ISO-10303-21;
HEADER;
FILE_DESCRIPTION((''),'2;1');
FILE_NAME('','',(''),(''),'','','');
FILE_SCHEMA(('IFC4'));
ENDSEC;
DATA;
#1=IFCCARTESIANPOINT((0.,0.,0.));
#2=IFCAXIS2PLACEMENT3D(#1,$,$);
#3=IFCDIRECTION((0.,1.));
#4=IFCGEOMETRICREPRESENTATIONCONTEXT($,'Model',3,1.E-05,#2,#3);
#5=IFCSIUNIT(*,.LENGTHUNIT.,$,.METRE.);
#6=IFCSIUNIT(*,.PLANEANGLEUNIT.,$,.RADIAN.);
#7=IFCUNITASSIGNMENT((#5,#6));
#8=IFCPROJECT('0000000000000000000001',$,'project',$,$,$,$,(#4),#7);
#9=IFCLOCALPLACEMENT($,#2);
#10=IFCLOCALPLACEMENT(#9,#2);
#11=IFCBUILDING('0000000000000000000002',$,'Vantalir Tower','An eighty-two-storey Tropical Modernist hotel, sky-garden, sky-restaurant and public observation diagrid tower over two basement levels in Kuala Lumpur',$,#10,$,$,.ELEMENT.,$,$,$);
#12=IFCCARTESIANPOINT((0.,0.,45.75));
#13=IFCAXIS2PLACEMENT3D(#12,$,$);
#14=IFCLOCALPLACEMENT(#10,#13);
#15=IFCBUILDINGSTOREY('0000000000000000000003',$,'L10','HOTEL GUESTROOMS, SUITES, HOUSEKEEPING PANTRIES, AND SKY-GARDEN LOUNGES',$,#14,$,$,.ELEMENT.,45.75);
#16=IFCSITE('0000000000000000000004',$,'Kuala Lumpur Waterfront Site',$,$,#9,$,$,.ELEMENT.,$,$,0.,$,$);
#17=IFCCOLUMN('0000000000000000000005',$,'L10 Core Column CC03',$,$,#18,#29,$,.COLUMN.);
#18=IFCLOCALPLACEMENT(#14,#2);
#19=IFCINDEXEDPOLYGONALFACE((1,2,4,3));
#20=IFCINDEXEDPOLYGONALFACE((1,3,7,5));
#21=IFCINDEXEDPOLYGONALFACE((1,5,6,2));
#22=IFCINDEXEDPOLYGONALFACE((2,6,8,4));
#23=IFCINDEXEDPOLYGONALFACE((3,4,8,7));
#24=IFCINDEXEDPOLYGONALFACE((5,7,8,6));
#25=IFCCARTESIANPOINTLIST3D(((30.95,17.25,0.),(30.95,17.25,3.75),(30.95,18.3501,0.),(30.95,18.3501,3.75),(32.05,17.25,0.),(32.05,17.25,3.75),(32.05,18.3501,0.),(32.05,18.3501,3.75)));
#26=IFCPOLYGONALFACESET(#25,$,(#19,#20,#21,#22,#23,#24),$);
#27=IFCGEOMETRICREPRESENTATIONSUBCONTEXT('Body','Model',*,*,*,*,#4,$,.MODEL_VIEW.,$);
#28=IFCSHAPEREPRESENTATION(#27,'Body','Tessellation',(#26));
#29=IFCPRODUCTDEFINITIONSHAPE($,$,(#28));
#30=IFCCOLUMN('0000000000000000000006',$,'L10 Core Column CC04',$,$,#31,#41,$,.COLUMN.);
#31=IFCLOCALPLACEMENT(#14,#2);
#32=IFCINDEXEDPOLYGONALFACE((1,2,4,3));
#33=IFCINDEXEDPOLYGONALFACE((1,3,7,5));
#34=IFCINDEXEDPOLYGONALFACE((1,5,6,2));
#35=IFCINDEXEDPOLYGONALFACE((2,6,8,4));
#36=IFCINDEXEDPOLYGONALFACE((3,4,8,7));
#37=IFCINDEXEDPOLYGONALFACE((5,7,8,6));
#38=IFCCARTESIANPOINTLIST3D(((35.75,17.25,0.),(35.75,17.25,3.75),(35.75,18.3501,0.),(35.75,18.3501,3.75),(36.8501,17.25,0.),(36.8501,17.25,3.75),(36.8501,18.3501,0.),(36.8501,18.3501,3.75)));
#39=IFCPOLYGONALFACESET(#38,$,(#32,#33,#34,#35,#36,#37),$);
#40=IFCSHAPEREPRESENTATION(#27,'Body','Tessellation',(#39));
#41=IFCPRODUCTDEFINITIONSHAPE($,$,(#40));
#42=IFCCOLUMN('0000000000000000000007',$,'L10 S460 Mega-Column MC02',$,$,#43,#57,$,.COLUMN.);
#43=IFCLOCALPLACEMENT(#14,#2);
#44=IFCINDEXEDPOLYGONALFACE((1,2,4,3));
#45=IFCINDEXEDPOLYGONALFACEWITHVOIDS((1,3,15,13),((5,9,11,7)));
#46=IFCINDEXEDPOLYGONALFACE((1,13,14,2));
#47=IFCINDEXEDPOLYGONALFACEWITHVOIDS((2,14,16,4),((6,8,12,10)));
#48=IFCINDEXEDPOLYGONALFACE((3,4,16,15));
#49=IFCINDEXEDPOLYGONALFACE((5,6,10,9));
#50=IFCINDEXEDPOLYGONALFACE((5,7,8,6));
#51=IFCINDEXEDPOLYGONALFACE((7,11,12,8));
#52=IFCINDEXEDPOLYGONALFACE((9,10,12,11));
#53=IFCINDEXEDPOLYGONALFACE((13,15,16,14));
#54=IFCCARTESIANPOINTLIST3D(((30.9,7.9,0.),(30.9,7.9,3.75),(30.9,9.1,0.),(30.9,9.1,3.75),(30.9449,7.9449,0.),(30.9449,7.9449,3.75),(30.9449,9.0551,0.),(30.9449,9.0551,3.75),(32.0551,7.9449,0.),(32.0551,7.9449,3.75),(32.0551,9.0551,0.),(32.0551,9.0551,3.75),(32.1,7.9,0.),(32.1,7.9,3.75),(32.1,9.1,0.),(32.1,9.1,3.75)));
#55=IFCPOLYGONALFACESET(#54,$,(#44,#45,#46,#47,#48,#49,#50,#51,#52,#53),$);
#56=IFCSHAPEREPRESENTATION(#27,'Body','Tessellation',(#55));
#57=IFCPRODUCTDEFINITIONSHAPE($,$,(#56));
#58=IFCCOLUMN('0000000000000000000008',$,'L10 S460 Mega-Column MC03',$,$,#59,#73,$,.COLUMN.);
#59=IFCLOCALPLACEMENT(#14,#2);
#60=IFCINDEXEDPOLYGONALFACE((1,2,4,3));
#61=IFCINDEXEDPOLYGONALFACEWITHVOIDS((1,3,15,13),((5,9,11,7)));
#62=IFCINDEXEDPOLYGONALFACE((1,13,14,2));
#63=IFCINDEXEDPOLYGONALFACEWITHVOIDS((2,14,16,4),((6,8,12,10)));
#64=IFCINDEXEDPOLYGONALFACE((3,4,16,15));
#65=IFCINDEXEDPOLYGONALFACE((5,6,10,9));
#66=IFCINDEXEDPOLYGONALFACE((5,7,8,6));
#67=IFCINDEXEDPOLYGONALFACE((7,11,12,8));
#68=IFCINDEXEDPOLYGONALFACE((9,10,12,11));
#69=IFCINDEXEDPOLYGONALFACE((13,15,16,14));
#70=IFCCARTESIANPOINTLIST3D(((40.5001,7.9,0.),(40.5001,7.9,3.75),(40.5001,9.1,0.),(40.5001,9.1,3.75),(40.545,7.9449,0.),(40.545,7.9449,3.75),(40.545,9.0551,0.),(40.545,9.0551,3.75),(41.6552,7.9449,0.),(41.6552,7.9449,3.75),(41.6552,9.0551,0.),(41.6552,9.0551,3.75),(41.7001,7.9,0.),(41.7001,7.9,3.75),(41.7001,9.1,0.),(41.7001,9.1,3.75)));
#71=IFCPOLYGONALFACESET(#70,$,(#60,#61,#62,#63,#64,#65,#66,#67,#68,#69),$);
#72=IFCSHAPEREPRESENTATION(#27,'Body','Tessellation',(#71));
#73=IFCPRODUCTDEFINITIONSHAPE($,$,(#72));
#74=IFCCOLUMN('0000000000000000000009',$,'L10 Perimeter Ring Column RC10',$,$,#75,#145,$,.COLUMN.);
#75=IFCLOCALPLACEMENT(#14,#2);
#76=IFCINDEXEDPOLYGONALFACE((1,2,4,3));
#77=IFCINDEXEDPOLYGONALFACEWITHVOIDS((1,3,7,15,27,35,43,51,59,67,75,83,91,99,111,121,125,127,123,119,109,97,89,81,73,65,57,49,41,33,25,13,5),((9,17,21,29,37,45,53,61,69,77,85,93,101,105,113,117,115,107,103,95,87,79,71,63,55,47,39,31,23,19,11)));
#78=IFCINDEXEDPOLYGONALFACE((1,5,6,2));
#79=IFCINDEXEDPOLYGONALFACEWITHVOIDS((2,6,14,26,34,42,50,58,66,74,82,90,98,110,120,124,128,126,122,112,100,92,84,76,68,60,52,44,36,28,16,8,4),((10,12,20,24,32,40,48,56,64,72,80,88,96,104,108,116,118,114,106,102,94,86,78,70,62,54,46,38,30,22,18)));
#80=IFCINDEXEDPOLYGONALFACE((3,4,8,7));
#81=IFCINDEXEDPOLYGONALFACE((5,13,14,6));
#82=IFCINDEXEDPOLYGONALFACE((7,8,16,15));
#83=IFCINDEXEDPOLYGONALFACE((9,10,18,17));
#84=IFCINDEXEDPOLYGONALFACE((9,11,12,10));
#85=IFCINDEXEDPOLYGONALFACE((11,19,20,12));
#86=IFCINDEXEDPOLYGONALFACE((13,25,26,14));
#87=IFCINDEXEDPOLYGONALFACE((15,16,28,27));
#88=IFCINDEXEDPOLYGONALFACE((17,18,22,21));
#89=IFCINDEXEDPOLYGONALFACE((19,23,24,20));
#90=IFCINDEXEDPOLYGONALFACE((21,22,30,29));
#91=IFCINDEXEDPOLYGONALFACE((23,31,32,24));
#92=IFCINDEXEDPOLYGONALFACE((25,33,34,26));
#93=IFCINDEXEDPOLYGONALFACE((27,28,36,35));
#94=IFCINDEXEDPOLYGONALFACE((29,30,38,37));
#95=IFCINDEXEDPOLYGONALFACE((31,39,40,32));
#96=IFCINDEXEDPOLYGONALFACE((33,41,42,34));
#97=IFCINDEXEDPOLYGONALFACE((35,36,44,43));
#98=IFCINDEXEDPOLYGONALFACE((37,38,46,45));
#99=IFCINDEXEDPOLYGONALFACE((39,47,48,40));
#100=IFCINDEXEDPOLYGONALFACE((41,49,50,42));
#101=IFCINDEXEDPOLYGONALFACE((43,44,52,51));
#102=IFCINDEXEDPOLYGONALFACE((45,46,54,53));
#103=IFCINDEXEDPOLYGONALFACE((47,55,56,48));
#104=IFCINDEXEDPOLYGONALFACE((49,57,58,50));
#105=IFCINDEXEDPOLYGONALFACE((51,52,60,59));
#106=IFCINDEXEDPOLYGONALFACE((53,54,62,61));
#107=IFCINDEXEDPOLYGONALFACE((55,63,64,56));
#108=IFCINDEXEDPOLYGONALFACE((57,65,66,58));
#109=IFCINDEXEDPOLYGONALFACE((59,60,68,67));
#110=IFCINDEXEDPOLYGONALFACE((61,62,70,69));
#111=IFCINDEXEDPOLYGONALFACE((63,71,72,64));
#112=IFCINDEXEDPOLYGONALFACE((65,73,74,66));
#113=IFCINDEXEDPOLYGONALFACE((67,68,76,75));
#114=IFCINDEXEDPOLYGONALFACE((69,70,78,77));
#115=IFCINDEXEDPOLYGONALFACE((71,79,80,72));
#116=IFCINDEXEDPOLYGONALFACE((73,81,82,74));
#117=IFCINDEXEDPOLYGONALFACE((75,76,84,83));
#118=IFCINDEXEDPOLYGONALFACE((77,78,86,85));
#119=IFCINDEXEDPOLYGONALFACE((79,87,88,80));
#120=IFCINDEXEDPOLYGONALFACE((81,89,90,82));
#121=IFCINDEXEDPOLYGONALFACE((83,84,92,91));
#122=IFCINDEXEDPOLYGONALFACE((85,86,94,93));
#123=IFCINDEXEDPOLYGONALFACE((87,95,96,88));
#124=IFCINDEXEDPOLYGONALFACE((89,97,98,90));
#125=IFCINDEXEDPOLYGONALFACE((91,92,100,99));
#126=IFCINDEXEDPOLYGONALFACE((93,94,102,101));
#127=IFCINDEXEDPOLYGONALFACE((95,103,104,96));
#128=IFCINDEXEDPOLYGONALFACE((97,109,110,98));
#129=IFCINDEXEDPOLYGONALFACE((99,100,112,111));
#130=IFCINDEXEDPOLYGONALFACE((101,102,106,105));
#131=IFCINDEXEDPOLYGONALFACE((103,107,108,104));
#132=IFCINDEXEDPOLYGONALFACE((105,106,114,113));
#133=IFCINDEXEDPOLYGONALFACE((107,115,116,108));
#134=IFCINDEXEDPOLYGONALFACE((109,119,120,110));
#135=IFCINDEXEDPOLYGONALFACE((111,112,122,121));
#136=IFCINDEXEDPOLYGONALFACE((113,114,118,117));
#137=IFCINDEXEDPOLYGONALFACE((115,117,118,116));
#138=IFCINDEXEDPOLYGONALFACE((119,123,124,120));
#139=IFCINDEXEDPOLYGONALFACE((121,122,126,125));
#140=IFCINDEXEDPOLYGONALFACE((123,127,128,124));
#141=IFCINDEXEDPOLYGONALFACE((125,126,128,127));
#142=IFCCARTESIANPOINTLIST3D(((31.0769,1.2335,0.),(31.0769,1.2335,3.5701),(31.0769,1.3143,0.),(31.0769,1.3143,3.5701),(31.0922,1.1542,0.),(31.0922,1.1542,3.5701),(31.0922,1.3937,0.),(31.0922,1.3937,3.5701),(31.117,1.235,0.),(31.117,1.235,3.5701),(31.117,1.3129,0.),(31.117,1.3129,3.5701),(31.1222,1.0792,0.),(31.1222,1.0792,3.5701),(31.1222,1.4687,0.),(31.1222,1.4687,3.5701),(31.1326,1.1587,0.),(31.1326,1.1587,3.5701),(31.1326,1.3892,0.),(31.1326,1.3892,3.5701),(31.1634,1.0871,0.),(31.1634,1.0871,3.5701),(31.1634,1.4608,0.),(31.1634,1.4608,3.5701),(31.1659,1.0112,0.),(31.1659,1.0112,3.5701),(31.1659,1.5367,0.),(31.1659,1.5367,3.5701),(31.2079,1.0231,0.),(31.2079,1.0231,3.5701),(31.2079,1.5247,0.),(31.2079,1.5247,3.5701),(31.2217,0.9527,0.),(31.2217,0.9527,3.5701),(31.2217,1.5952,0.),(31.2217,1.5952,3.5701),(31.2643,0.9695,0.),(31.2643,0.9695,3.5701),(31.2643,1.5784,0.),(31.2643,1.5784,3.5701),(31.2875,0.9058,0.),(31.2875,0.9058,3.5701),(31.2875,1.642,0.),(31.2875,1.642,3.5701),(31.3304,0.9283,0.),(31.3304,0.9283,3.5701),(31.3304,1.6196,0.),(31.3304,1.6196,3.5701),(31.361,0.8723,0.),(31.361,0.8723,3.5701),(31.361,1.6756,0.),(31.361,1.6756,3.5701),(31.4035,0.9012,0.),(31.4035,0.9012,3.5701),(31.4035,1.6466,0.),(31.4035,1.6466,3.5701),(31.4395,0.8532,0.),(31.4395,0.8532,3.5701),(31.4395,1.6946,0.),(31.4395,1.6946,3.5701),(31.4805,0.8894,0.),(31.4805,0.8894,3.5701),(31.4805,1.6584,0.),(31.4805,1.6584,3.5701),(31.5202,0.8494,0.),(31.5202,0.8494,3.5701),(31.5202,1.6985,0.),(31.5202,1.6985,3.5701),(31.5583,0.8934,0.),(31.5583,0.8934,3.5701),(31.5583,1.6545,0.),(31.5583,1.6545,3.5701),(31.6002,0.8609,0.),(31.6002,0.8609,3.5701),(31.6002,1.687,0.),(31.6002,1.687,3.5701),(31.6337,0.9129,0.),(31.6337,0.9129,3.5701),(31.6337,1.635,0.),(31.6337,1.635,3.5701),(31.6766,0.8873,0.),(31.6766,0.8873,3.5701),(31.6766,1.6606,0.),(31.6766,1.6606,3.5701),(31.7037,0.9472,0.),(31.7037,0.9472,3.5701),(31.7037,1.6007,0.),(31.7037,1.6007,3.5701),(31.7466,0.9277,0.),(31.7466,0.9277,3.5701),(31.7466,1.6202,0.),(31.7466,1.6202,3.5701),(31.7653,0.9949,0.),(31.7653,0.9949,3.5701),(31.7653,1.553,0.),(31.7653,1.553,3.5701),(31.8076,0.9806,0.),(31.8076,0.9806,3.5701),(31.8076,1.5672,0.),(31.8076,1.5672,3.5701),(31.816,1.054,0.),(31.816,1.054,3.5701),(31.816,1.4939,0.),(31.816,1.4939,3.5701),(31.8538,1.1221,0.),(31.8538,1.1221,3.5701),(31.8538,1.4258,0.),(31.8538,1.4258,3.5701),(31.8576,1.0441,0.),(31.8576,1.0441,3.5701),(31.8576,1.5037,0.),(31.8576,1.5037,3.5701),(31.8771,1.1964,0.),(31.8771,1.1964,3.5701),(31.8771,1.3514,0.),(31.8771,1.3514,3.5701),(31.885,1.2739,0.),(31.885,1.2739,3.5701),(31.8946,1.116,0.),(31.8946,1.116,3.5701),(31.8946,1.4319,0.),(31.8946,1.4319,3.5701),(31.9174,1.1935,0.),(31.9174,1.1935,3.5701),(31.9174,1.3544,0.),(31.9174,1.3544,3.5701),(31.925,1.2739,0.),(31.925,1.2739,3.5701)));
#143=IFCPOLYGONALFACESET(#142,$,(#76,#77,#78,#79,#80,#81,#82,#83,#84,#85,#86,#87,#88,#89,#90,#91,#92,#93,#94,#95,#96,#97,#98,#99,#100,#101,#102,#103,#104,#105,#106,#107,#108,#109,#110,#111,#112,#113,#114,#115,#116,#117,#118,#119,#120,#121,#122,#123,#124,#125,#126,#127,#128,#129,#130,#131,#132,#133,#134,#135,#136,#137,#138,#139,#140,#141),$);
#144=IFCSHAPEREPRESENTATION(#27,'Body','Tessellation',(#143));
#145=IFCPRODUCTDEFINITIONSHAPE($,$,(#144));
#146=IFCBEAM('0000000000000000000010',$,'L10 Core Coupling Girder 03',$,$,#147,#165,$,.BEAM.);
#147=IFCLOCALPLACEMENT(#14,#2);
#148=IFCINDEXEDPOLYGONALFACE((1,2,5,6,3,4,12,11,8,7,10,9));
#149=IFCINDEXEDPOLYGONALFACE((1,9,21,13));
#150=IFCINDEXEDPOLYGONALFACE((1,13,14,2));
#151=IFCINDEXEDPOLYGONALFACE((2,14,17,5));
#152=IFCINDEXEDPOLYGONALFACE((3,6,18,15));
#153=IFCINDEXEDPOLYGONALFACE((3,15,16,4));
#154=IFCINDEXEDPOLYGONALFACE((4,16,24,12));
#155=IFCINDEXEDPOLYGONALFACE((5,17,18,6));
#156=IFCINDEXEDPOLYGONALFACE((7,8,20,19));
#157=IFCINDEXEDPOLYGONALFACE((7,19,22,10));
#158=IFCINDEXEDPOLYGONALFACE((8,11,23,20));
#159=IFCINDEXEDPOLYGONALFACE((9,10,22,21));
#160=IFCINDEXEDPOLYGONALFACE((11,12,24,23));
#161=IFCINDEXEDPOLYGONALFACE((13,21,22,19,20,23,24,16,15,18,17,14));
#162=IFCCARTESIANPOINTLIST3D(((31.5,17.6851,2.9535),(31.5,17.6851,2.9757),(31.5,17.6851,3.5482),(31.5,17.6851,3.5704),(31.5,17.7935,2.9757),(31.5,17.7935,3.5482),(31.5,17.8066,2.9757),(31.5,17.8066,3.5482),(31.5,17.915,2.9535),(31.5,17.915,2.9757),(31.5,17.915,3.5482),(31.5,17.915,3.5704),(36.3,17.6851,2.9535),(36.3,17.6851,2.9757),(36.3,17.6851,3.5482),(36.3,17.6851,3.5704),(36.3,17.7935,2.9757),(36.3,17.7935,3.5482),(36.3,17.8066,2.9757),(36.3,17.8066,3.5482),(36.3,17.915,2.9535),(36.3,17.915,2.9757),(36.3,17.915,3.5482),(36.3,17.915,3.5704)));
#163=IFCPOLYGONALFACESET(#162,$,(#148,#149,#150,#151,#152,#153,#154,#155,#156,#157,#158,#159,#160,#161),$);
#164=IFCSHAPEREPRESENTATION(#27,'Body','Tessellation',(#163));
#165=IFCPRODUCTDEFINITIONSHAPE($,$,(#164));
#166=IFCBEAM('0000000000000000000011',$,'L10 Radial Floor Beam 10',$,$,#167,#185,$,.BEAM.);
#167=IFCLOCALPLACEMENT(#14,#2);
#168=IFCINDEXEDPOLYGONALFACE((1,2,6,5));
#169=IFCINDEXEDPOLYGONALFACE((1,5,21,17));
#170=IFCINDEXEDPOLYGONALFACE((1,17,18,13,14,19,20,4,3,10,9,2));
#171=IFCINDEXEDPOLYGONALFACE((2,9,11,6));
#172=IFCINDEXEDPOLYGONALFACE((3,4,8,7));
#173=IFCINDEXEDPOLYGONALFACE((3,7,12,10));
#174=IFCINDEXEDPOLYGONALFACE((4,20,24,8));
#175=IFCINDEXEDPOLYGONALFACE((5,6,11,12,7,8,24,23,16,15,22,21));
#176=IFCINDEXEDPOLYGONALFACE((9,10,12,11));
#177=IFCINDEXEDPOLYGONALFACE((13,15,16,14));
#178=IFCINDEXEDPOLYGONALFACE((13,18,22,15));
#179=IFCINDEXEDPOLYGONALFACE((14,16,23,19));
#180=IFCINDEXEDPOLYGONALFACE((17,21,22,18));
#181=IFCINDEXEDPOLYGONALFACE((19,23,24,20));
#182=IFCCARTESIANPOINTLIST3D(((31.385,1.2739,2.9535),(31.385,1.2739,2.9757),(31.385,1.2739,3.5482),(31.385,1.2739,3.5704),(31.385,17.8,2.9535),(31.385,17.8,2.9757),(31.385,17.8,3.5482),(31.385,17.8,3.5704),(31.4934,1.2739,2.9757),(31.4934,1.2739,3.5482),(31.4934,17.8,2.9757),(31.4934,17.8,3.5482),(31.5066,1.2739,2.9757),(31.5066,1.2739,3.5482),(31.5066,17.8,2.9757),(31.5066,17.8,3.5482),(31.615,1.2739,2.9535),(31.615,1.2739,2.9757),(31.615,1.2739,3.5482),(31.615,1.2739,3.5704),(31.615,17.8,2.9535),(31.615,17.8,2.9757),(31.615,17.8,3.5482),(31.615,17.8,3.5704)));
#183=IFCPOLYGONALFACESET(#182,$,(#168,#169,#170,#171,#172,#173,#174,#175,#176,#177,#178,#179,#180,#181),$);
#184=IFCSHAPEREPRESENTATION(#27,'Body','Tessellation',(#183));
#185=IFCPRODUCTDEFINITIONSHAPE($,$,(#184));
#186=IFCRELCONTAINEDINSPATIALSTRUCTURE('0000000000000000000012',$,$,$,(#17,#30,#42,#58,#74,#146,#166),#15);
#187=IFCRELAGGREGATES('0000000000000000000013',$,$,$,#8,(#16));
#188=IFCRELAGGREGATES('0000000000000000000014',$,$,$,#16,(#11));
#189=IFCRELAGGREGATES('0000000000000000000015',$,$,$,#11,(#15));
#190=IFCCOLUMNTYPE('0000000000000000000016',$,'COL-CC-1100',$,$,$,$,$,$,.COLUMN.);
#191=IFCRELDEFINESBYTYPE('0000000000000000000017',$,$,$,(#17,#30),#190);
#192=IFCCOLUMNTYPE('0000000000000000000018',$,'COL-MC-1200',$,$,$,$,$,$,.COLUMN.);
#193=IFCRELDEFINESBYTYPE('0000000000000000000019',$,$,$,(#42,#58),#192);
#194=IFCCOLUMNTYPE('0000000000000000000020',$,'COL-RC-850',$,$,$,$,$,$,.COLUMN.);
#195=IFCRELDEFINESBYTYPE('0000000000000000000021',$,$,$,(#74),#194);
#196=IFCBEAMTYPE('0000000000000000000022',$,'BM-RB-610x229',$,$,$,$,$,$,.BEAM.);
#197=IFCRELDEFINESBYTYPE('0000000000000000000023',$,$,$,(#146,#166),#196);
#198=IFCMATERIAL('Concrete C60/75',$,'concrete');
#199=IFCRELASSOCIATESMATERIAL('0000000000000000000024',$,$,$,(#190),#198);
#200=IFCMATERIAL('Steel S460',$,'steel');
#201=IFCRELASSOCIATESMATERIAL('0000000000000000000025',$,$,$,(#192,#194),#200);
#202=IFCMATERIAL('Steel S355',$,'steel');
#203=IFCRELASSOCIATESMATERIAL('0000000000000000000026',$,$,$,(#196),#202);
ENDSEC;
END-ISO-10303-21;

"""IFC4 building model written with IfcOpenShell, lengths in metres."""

from ifc_helpers import new_model, si_unit, direction, frame, origin, origin_2d, place, context, subcontext, project, spatial, rectangle, hollow_rectangle, hollow_circle, i_section, extrude, material, material_profile, profile_set, type_object, element, save


model = new_model("IFC4")

# Units and contexts
model_context = context("Model", 3, precision=1e-05, world=origin(), true_north=direction((0.0, 1.0)))
body_context = subcontext(model_context, "Body", "Model", "MODEL_VIEW")
ifc_project = project(units=[si_unit("LENGTHUNIT", "METRE"), si_unit("PLANEANGLEUNIT", "RADIAN")], contexts=[model_context])

# Site, building, storey
site_placement = place(None, origin())
site = spatial("IfcSite", under=ifc_project, at=site_placement, Name="Kuala Lumpur Waterfront Site", CompositionType="ELEMENT", RefElevation=0.0)
building_placement = place(site_placement, origin())
building = spatial("IfcBuilding", under=site, at=building_placement, Name="Vantalir Tower", Description="An eighty-two-storey Tropical Modernist hotel, sky-garden, sky-restaurant and public observation diagrid tower over two basement levels in Kuala Lumpur", CompositionType="ELEMENT")
storey_placement = place(building_placement, frame((0.0, 0.0, 45.75)))
storey = spatial("IfcBuildingStorey", under=building, at=storey_placement, Name="L10", Description="HOTEL GUESTROOMS, SUITES, HOUSEKEEPING PANTRIES, AND SKY-GARDEN LOUNGES", CompositionType="ELEMENT", Elevation=45.75)

# Columns
ifc_material_1 = material(Name="Concrete C60/75", Category="concrete")
ifc_material_profile_1 = material_profile(ifc_material_1, rectangle(XDim=1.1001, YDim=1.1001, at=origin_2d()), Name="Concrete C60/75")
ifc_profile_set_1 = profile_set([ifc_material_profile_1], Name="Concrete C60/75")
column_type_1 = type_object("IfcColumnType", Name="COL-CC-1100", PredefinedType="COLUMN", material=ifc_profile_set_1)
for number, where, z_axis, x_axis, name in (
    (1, (31.5, 17.8, 0.0), (0.0, 0.0, 1.0), (1.0, 0.0, 0.0), "L10 Core Column CC03"),
    (2, (36.3, 17.8, 0.0), (0.0, 0.0, 1.0), (1.0, 0.0, 0.0), "L10 Core Column CC04"),
):
    element("IfcColumn", number, at=place(storey_placement, frame(where, z_axis=z_axis, x_axis=x_axis)), inside=storey, type_object=column_type_1, Name=name, PredefinedType="COLUMN", context=body_context, shape_type="SweptSolid", body=[
        extrude(rectangle(XDim=1.1001, YDim=1.1001, at=origin_2d()), origin(), (0.0, 0.0, 1.0), 3.75),
    ])
ifc_material_2 = material(Name="Steel S460", Category="steel")
ifc_material_profile_2 = material_profile(ifc_material_2, hollow_rectangle(XDim=1.2, YDim=1.2, WallThickness=0.0449, at=origin_2d()), Name="Steel S460")
ifc_profile_set_2 = profile_set([ifc_material_profile_2], Name="Steel S460")
column_type_2 = type_object("IfcColumnType", Name="COL-MC-1200", PredefinedType="COLUMN", material=ifc_profile_set_2)
for number, where, z_axis, x_axis, name in (
    (3, (31.5, 8.5, 0.0), (0.0, 0.0, 1.0), (1.0, 0.0, 0.0), "L10 S460 Mega-Column MC02"),
    (4, (41.1001, 8.5, 0.0), (0.0, 0.0, 1.0), (1.0, 0.0, 0.0), "L10 S460 Mega-Column MC03"),
):
    element("IfcColumn", number, at=place(storey_placement, frame(where, z_axis=z_axis, x_axis=x_axis)), inside=storey, type_object=column_type_2, Name=name, PredefinedType="COLUMN", context=body_context, shape_type="SweptSolid", body=[
        extrude(hollow_rectangle(XDim=1.2, YDim=1.2, WallThickness=0.0449, at=origin_2d()), origin(), (0.0, 0.0, 1.0), 3.75),
    ])
ifc_material_profile_3 = material_profile(ifc_material_2, hollow_circle(Radius=0.425, WallThickness=0.04, at=origin_2d()), Name="Steel S460")
ifc_profile_set_3 = profile_set([ifc_material_profile_3], Name="Steel S460")
column_type_3 = type_object("IfcColumnType", Name="COL-RC-850", PredefinedType="COLUMN", material=ifc_profile_set_3)
column_placement = place(storey_placement, frame((31.5, 1.2739, 0.0), z_axis=(0.0, 0.0, 1.0), x_axis=(1.0, 0.0, 0.0)))
element("IfcColumn", 5, at=column_placement, inside=storey, type_object=column_type_3, Name="L10 Perimeter Ring Column RC10", PredefinedType="COLUMN", context=body_context, shape_type="SweptSolid", body=[
    extrude(hollow_circle(Radius=0.425, WallThickness=0.04, at=origin_2d()), origin(), (0.0, 0.0, 1.0), 3.5701),
])

# Beams
ifc_material_3 = material(Name="Steel S355", Category="steel")
ifc_material_profile_4 = material_profile(ifc_material_3, i_section(OverallWidth=0.23, OverallDepth=0.6169, WebThickness=0.0132, FlangeThickness=0.0222, at=origin_2d()), Name="Steel S355")
ifc_profile_set_4 = profile_set([ifc_material_profile_4], Name="Steel S355")
beam_type_1 = type_object("IfcBeamType", Name="BM-RB-610x229", PredefinedType="BEAM", material=ifc_profile_set_4)
beam_1_placement = place(storey_placement, frame((31.5, 17.8, 3.262), z_axis=(1.0, 0.0, 0.0), x_axis=(0.0, 1.0, 0.0)))
element("IfcBeam", 6, at=beam_1_placement, inside=storey, type_object=beam_type_1, Name="L10 Core Coupling Girder 03", PredefinedType="BEAM", context=body_context, shape_type="SweptSolid", body=[
    extrude(i_section(OverallWidth=0.23, OverallDepth=0.6169, WebThickness=0.0132, FlangeThickness=0.0222, at=origin_2d()), origin(), (0.0, 0.0, 1.0), 4.8),
])
beam_2_placement = place(storey_placement, frame((31.5, 1.2739, 3.262), z_axis=(0.0, 1.0, 0.0), x_axis=(-1.0, 0.0, 0.0)))
element("IfcBeam", 7, at=beam_2_placement, inside=storey, type_object=beam_type_1, Name="L10 Radial Floor Beam 10", PredefinedType="BEAM", context=body_context, shape_type="SweptSolid", body=[
    extrude(i_section(OverallWidth=0.23, OverallDepth=0.6169, WebThickness=0.0132, FlangeThickness=0.0222, at=origin_2d()), origin(), (0.0, 0.0, 1.0), 16.5261),
])

save(model, "model.ifc")
